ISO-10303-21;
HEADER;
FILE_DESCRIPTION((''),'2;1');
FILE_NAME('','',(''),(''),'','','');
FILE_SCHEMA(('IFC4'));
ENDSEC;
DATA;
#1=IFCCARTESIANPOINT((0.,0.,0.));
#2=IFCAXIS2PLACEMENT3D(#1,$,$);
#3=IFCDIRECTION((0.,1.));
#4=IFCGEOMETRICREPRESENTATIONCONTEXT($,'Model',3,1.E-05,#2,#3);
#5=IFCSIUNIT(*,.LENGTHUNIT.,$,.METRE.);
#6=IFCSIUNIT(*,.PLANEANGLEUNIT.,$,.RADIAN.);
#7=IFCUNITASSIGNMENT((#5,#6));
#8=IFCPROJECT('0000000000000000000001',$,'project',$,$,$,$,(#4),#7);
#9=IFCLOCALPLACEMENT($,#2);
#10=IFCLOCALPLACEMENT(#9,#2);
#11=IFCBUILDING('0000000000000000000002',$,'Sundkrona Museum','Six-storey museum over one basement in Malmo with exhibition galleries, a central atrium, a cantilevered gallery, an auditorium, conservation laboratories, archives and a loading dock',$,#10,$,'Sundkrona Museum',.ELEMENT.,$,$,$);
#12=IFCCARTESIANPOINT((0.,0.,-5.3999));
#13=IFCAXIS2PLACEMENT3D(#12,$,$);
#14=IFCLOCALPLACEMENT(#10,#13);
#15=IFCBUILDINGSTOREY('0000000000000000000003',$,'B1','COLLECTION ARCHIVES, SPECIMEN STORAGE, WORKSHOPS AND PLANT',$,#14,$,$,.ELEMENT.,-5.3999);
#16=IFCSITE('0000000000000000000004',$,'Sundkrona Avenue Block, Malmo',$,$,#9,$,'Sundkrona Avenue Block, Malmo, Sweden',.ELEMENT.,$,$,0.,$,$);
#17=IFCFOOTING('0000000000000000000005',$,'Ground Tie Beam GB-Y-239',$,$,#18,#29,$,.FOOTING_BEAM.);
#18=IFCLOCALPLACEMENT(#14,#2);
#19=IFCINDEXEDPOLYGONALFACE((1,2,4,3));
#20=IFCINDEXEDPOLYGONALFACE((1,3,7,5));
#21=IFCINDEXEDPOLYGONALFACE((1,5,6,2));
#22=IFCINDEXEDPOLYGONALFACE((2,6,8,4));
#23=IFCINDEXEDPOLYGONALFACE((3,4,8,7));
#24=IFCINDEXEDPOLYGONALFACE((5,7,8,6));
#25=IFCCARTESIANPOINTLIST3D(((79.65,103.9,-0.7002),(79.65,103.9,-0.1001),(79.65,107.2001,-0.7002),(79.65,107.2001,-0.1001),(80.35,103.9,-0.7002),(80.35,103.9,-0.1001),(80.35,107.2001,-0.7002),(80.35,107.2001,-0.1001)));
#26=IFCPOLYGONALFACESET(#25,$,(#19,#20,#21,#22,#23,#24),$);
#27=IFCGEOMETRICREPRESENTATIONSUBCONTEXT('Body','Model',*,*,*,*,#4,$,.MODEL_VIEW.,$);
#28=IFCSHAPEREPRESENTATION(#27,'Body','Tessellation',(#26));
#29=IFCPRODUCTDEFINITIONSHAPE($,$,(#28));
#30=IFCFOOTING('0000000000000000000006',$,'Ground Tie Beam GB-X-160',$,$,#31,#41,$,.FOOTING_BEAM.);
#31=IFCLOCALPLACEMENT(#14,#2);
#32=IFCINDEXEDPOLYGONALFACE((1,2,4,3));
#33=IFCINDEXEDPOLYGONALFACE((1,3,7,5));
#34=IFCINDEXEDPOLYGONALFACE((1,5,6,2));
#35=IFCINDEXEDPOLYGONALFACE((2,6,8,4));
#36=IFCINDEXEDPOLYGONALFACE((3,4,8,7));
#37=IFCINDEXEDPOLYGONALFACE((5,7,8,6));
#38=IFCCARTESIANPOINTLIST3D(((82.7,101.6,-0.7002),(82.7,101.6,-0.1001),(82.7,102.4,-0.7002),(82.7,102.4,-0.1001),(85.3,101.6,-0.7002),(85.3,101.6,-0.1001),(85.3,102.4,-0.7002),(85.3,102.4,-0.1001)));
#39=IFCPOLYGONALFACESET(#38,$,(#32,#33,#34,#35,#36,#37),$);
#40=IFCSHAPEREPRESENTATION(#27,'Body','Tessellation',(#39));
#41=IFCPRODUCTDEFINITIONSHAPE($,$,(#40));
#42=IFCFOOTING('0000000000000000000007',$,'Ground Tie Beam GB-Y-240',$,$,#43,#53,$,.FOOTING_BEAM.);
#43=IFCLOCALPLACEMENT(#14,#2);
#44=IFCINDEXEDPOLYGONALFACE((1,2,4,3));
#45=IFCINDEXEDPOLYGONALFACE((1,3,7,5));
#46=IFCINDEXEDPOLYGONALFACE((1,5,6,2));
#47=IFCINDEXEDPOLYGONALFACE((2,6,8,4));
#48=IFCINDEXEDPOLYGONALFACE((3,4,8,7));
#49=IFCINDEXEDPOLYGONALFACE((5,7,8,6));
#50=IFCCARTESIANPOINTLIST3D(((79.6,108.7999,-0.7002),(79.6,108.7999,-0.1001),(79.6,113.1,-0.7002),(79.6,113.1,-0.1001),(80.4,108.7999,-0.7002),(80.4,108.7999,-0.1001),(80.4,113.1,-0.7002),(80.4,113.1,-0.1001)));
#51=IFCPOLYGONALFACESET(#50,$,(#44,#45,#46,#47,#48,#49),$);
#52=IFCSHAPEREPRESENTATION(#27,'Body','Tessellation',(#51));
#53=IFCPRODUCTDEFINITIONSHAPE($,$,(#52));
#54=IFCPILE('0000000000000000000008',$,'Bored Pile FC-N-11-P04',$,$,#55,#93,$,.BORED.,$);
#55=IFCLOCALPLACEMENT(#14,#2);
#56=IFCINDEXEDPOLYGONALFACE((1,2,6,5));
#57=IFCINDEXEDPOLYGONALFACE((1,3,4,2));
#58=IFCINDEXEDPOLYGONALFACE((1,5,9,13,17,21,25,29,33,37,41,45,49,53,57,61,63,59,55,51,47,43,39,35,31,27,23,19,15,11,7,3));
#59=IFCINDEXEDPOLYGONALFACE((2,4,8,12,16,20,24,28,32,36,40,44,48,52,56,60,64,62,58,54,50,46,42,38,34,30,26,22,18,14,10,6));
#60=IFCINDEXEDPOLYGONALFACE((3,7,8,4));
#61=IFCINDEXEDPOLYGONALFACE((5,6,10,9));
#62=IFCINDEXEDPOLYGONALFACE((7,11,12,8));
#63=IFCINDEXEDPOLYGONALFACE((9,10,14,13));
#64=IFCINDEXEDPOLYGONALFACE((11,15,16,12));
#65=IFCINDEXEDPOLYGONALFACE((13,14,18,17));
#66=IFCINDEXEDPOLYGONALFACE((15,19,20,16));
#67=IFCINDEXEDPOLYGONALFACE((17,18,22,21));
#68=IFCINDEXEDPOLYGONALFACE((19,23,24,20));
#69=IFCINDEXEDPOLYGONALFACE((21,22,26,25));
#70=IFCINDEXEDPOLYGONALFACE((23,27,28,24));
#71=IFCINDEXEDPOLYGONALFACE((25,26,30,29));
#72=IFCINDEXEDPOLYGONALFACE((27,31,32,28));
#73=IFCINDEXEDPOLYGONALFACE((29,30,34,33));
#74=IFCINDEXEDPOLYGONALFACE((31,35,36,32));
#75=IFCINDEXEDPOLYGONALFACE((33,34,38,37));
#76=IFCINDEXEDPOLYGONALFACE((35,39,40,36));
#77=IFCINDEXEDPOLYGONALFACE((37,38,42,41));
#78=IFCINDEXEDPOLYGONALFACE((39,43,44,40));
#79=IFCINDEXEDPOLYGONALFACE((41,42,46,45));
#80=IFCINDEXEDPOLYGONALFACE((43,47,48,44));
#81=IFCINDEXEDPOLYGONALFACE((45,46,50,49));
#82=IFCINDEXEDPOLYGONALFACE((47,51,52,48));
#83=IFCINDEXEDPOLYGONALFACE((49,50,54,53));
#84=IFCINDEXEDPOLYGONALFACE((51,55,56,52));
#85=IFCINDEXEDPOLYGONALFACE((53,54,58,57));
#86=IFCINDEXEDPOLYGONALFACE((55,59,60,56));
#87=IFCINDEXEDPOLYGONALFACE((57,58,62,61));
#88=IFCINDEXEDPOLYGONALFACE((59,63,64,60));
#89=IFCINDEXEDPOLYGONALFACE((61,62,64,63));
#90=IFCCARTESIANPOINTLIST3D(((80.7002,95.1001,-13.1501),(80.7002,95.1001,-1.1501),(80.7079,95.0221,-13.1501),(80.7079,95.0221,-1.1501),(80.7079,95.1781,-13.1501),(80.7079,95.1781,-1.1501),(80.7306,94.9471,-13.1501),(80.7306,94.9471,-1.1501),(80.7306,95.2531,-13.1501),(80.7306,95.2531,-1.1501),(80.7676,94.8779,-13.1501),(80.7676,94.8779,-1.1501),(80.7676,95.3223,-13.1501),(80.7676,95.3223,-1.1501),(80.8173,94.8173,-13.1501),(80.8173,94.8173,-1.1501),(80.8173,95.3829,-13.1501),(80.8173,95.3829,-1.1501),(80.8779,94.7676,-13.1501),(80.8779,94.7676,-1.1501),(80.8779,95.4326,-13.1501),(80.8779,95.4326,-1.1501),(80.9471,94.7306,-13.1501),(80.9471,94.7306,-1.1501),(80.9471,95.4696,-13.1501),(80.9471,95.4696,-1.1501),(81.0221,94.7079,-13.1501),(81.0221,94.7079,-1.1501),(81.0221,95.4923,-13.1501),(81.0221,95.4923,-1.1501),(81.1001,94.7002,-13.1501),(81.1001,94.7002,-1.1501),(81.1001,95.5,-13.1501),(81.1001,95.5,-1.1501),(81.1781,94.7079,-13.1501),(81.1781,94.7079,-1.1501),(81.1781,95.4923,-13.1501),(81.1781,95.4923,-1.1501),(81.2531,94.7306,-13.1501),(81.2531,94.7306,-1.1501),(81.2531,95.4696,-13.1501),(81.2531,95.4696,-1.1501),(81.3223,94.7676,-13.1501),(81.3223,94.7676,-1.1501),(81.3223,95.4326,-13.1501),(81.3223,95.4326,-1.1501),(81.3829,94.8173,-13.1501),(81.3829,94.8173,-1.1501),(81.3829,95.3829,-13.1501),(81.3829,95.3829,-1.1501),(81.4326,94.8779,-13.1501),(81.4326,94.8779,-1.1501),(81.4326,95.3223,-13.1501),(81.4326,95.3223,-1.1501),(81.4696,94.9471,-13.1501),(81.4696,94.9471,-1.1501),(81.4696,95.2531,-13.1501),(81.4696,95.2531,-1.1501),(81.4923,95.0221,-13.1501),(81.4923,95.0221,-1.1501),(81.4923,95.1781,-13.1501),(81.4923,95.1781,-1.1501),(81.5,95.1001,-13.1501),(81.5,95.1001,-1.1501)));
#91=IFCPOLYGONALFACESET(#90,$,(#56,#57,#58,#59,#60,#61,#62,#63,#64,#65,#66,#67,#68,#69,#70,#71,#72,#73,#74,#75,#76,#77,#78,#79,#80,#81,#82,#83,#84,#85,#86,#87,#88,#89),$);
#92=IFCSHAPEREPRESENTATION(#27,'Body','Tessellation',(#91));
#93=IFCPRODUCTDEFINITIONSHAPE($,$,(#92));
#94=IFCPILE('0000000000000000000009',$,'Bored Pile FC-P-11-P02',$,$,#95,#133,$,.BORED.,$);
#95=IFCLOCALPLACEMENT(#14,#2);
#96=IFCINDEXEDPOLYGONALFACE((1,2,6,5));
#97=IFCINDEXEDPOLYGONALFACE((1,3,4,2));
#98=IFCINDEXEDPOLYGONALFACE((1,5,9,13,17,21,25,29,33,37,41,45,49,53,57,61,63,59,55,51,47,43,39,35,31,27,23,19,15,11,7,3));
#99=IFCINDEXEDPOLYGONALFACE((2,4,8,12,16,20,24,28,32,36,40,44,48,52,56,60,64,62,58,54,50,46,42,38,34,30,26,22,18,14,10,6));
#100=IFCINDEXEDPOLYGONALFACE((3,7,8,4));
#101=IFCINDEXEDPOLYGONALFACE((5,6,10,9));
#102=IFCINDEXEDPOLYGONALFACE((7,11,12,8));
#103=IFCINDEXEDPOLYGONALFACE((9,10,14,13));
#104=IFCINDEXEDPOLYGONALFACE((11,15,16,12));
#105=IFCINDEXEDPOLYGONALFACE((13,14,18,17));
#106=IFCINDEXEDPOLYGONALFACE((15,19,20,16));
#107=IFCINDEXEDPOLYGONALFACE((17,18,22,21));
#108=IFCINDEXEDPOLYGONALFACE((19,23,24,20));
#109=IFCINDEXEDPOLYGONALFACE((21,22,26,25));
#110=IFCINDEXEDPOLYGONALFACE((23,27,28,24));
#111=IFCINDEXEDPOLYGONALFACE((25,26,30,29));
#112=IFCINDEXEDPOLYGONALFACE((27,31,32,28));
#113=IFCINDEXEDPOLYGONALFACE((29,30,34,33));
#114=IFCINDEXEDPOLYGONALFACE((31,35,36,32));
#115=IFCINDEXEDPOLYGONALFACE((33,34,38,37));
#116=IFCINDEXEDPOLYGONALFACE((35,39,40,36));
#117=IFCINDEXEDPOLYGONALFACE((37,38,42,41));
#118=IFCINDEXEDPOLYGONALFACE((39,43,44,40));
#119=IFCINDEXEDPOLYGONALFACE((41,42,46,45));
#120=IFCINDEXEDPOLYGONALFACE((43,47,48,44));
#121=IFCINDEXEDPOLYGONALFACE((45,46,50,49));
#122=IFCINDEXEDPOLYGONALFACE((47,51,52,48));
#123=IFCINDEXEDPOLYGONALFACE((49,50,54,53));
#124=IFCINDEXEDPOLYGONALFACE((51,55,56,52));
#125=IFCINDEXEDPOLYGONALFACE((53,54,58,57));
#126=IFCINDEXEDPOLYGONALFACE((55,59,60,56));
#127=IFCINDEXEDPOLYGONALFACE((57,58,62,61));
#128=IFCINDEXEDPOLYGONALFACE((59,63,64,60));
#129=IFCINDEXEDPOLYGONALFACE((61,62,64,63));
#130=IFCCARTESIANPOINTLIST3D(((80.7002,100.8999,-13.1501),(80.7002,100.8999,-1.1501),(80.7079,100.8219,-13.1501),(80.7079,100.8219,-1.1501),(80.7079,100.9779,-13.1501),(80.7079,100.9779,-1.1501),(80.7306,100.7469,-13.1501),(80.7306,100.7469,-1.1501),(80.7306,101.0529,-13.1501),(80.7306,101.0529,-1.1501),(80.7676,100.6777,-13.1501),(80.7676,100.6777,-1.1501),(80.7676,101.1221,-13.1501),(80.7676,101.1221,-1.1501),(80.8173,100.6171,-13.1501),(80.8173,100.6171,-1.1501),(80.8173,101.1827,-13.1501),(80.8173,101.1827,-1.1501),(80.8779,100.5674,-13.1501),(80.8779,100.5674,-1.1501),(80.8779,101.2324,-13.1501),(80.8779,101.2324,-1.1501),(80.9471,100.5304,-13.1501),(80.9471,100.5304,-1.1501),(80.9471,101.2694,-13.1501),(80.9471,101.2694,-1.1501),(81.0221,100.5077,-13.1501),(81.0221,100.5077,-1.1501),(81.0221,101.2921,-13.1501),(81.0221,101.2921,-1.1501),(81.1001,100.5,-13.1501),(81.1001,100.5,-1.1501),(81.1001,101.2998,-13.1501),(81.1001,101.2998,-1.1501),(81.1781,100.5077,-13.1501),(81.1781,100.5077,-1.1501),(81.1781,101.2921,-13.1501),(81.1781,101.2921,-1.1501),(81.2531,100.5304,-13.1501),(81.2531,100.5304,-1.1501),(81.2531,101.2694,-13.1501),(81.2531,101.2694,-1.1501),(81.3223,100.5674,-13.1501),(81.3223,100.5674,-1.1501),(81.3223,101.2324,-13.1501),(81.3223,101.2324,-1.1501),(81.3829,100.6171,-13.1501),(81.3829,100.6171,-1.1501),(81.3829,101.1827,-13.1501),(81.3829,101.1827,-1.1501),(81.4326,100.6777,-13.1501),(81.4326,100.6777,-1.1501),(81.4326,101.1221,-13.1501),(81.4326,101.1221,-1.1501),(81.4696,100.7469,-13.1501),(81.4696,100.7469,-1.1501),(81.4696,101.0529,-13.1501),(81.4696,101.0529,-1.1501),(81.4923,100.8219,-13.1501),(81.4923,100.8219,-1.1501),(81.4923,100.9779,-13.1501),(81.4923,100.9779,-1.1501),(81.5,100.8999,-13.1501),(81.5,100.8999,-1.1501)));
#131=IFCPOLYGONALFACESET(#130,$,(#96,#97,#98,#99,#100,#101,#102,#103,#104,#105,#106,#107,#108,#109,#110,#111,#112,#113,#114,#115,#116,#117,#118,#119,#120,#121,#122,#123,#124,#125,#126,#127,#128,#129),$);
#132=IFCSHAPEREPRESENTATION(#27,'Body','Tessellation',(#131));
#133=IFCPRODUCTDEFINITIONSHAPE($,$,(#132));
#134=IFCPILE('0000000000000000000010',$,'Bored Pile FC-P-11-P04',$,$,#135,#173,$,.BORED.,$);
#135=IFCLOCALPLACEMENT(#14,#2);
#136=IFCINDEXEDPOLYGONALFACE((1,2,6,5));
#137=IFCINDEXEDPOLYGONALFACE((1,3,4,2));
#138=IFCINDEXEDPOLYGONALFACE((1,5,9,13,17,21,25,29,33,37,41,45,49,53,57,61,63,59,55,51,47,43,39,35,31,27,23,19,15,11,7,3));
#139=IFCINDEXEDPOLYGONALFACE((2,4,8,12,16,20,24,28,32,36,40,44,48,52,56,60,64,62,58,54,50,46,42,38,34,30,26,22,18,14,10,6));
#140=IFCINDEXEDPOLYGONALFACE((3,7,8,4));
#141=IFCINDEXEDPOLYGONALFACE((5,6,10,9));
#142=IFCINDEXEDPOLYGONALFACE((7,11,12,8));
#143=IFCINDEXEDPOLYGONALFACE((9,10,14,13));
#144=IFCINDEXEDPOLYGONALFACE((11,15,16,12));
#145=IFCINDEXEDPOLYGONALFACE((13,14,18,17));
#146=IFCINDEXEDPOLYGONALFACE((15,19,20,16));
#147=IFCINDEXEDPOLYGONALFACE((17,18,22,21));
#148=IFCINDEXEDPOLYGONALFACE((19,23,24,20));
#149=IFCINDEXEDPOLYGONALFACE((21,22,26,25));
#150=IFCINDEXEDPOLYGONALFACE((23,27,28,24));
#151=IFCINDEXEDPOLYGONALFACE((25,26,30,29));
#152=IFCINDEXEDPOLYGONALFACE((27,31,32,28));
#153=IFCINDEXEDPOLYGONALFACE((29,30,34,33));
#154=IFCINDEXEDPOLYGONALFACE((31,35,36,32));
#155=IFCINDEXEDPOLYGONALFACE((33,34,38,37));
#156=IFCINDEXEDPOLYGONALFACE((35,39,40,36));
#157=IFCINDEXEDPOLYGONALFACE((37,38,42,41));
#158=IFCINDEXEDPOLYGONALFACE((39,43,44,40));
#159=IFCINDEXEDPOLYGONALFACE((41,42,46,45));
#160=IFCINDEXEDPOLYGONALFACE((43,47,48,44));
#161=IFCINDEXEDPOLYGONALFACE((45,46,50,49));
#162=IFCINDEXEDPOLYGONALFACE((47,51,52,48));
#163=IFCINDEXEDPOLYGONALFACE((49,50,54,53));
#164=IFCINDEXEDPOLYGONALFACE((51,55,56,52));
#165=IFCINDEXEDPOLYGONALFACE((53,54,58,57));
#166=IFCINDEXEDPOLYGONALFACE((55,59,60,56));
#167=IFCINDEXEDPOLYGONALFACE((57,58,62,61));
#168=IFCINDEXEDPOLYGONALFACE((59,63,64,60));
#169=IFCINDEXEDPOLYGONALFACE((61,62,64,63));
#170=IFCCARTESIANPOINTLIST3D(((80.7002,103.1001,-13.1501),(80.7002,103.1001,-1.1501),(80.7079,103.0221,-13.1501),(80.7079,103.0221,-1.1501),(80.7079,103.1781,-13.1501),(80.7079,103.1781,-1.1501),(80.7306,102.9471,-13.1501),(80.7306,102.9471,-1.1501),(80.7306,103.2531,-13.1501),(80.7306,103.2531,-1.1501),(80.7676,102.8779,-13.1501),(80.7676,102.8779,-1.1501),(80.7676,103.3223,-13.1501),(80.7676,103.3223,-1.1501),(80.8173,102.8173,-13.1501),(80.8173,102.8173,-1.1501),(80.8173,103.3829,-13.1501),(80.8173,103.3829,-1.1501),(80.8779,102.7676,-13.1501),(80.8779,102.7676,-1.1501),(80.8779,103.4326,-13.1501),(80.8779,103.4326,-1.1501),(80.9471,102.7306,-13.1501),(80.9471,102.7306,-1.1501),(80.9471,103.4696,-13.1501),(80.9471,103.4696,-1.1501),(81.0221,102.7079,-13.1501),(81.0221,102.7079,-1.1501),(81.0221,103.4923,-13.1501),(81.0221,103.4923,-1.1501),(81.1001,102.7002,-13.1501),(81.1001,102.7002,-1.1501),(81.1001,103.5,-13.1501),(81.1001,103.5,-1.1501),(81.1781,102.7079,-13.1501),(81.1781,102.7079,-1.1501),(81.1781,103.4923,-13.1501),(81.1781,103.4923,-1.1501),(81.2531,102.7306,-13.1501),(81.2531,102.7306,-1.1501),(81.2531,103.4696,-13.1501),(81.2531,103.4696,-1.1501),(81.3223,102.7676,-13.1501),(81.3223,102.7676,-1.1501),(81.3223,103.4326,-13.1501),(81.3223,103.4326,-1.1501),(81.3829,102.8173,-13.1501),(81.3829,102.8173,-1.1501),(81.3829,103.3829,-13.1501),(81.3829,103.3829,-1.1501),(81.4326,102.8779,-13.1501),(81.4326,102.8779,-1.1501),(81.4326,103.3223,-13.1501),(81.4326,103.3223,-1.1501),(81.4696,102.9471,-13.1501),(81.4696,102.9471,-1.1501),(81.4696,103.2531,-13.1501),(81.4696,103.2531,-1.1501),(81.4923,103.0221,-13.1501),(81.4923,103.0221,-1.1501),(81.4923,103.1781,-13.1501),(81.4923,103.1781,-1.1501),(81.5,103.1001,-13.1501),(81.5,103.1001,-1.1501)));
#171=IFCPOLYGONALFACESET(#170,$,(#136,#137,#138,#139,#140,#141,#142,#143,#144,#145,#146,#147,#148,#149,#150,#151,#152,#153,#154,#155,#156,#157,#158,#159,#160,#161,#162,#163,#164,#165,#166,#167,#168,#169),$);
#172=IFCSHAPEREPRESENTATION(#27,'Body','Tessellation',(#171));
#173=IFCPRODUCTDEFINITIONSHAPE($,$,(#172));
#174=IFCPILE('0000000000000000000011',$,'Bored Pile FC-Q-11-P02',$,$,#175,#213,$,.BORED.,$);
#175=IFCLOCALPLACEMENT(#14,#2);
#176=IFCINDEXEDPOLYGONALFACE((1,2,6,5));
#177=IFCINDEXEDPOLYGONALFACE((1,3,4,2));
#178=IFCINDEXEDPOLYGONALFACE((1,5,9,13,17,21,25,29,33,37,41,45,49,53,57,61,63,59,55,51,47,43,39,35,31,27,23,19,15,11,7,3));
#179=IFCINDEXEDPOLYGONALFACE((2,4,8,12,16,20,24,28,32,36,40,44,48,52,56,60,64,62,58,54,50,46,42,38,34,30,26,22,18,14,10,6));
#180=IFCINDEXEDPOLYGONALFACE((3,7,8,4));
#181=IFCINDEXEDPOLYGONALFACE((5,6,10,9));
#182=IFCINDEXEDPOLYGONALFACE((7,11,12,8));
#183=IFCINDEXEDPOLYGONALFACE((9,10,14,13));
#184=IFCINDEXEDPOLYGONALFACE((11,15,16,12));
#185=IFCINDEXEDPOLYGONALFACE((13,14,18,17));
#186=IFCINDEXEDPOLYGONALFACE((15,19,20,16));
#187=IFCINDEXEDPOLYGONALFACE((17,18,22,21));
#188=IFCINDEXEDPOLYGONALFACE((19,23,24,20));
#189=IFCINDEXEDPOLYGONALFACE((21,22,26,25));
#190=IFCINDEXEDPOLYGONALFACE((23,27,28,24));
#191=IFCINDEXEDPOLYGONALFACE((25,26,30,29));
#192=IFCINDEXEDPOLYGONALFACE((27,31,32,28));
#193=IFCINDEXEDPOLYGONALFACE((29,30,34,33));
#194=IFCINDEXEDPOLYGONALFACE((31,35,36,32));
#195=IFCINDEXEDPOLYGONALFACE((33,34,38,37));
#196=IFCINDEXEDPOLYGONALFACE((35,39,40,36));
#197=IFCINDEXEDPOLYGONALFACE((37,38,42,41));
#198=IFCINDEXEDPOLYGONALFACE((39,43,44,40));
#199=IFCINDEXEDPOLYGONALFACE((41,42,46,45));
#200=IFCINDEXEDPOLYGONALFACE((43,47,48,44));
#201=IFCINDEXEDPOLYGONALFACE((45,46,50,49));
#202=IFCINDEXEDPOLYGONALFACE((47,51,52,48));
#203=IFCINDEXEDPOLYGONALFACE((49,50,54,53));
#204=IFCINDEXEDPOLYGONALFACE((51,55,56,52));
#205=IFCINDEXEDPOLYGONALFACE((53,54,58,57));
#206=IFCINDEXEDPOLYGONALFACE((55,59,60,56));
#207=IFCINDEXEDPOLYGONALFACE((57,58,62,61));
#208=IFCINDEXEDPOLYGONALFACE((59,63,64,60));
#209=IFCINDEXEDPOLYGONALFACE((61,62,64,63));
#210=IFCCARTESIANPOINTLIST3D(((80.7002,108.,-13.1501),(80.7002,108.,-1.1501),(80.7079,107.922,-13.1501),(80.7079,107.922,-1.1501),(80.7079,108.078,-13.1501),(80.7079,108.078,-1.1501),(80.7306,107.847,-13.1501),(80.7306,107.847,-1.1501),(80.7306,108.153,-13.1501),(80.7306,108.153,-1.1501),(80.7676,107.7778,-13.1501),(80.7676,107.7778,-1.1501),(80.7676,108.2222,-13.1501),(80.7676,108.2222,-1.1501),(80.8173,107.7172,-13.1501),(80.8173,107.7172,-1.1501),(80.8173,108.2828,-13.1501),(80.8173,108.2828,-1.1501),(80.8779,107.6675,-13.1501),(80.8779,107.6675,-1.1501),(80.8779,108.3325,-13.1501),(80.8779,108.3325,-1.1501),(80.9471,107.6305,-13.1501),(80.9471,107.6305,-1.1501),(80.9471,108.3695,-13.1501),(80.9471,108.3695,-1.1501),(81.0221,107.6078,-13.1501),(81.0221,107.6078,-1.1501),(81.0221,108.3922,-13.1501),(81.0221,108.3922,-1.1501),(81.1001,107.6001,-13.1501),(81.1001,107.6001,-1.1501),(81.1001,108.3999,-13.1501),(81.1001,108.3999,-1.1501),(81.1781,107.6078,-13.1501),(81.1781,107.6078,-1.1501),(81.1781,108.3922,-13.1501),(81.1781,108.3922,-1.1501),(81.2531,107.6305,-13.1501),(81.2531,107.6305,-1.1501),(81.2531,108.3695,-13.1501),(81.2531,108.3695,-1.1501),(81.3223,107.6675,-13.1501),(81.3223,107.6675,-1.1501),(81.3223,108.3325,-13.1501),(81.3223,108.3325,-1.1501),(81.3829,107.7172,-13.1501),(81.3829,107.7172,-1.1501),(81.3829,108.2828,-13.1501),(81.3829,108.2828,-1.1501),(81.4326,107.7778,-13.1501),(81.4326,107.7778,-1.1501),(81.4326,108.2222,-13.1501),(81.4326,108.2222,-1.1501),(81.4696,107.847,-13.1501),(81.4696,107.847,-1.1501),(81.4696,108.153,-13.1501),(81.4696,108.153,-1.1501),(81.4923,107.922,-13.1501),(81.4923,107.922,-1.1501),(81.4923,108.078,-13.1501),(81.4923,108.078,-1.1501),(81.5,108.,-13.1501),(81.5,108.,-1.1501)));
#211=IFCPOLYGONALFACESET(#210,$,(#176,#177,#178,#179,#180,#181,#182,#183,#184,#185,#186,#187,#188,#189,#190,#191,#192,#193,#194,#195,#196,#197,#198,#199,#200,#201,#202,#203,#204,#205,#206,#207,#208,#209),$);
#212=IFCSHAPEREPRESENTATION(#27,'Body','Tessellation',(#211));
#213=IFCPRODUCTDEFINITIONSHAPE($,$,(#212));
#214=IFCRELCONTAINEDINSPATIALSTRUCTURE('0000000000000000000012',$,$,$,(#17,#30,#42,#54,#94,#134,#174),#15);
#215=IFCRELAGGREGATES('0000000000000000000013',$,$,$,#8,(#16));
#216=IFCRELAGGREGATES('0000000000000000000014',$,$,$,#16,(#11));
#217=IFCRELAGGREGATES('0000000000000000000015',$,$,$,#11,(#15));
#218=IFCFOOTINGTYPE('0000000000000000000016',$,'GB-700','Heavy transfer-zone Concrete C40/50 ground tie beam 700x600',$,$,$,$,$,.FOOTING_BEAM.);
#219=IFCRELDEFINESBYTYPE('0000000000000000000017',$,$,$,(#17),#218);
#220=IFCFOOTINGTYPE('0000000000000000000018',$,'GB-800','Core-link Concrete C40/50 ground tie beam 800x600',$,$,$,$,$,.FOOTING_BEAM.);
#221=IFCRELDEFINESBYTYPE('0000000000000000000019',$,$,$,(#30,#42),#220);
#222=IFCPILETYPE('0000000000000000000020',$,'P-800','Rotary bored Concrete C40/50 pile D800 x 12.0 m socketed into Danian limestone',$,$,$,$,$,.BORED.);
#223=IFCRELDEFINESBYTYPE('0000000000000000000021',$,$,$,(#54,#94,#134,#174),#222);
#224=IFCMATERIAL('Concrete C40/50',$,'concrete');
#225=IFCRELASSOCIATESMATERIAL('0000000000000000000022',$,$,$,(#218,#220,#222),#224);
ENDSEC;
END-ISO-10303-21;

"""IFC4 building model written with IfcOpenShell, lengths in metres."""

from ifc_helpers import new_model, si_unit, direction, frame, origin, origin_2d, place, context, subcontext, project, spatial, rectangle, circle, extrude, material, material_profile, profile_set, type_object, element, save


model = new_model("IFC4")

# Units and contexts
model_context = context("Model", 3, precision=1e-05, world=origin(), true_north=direction((0.0, 1.0)))
body_context = subcontext(model_context, "Body", "Model", "MODEL_VIEW")
ifc_project = project(units=[si_unit("LENGTHUNIT", "METRE"), si_unit("PLANEANGLEUNIT", "RADIAN")], contexts=[model_context])

# Site, building, storey
site_placement = place(None, origin())
site = spatial("IfcSite", under=ifc_project, at=site_placement, Name="Sundkrona Avenue Block, Malmo", LongName="Sundkrona Avenue Block, Malmo, Sweden", CompositionType="ELEMENT", RefElevation=0.0)
building_placement = place(site_placement, origin())
building = spatial("IfcBuilding", under=site, at=building_placement, Name="Sundkrona Museum", Description="Six-storey museum over one basement in Malmo with exhibition galleries, a central atrium, a cantilevered gallery, an auditorium, conservation laboratories, archives and a loading dock", LongName="Sundkrona Museum", CompositionType="ELEMENT")
storey_placement = place(building_placement, frame((0.0, 0.0, -5.3999)))
storey = spatial("IfcBuildingStorey", under=building, at=storey_placement, Name="B1", Description="COLLECTION ARCHIVES, SPECIMEN STORAGE, WORKSHOPS AND PLANT", CompositionType="ELEMENT", Elevation=-5.3999)

# Footings
ifc_material_1 = material(Name="Concrete C40/50", Category="concrete")
footing_type_1 = type_object("IfcFootingType", Name="GB-700", Description="Heavy transfer-zone Concrete C40/50 ground tie beam 700x600", PredefinedType="FOOTING_BEAM", material=ifc_material_1)
footing_1_placement = place(storey_placement, frame((80.0, 105.55, -0.7002), z_axis=(0.0, 0.0, 1.0), x_axis=(0.0, 1.0, 0.0)))
element("IfcFooting", 1, at=footing_1_placement, inside=storey, type_object=footing_type_1, Name="Ground Tie Beam GB-Y-239", PredefinedType="FOOTING_BEAM", context=body_context, shape_type="SweptSolid", body=[
    extrude(rectangle(XDim=3.3, YDim=0.7, at=origin_2d()), origin(), (0.0, 0.0, 1.0), 0.6001),
])
footing_type_2 = type_object("IfcFootingType", Name="GB-800", Description="Core-link Concrete C40/50 ground tie beam 800x600", PredefinedType="FOOTING_BEAM", material=ifc_material_1)
footing_2_placement = place(storey_placement, frame((84.0, 102.0, -0.7002), z_axis=(0.0, 0.0, 1.0), x_axis=(1.0, 0.0, 0.0)))
element("IfcFooting", 2, at=footing_2_placement, inside=storey, type_object=footing_type_2, Name="Ground Tie Beam GB-X-160", PredefinedType="FOOTING_BEAM", context=body_context, shape_type="SweptSolid", body=[
    extrude(rectangle(XDim=2.6001, YDim=0.8, at=origin_2d()), origin(), (0.0, 0.0, 1.0), 0.6001),
])
footing_3_placement = place(storey_placement, frame((80.0, 110.95, -0.7002), z_axis=(0.0, 0.0, 1.0), x_axis=(0.0, 1.0, 0.0)))
element("IfcFooting", 3, at=footing_3_placement, inside=storey, type_object=footing_type_2, Name="Ground Tie Beam GB-Y-240", PredefinedType="FOOTING_BEAM", context=body_context, shape_type="SweptSolid", body=[
    extrude(rectangle(XDim=4.3, YDim=0.8, at=origin_2d()), origin(), (0.0, 0.0, 1.0), 0.6001),
])

# Piles
ifc_material_profile_1 = material_profile(ifc_material_1, circle(Radius=0.3999, at=origin_2d()), Name="PILE D800")
ifc_profile_set_1 = profile_set([ifc_material_profile_1], Name="Concrete C40/50")
pile_type = type_object("IfcPileType", Name="P-800", Description="Rotary bored Concrete C40/50 pile D800 x 12.0 m socketed into Danian limestone", PredefinedType="BORED", material=ifc_profile_set_1)
for number, where, z_axis, x_axis, name in (
    (4, (81.1001, 95.1001, -1.1501), (0.0, 0.0, -1.0), (1.0, 0.0, 0.0), "Bored Pile FC-N-11-P04"),
    (5, (81.1001, 100.8999, -1.1501), (0.0, 0.0, -1.0), (1.0, 0.0, 0.0), "Bored Pile FC-P-11-P02"),
    (6, (81.1001, 103.1001, -1.1501), (0.0, 0.0, -1.0), (1.0, 0.0, 0.0), "Bored Pile FC-P-11-P04"),
    (7, (81.1001, 108.0, -1.1501), (0.0, 0.0, -1.0), (1.0, 0.0, 0.0), "Bored Pile FC-Q-11-P02"),
):
    element("IfcPile", number, at=place(storey_placement, frame(where, z_axis=z_axis, x_axis=x_axis)), inside=storey, type_object=pile_type, Name=name, PredefinedType="BORED", context=body_context, shape_type="SweptSolid", body=[
        extrude(circle(Radius=0.3999, at=origin_2d()), origin(), (0.0, 0.0, 1.0), 12.0),
    ])

save(model, "model.ifc")
